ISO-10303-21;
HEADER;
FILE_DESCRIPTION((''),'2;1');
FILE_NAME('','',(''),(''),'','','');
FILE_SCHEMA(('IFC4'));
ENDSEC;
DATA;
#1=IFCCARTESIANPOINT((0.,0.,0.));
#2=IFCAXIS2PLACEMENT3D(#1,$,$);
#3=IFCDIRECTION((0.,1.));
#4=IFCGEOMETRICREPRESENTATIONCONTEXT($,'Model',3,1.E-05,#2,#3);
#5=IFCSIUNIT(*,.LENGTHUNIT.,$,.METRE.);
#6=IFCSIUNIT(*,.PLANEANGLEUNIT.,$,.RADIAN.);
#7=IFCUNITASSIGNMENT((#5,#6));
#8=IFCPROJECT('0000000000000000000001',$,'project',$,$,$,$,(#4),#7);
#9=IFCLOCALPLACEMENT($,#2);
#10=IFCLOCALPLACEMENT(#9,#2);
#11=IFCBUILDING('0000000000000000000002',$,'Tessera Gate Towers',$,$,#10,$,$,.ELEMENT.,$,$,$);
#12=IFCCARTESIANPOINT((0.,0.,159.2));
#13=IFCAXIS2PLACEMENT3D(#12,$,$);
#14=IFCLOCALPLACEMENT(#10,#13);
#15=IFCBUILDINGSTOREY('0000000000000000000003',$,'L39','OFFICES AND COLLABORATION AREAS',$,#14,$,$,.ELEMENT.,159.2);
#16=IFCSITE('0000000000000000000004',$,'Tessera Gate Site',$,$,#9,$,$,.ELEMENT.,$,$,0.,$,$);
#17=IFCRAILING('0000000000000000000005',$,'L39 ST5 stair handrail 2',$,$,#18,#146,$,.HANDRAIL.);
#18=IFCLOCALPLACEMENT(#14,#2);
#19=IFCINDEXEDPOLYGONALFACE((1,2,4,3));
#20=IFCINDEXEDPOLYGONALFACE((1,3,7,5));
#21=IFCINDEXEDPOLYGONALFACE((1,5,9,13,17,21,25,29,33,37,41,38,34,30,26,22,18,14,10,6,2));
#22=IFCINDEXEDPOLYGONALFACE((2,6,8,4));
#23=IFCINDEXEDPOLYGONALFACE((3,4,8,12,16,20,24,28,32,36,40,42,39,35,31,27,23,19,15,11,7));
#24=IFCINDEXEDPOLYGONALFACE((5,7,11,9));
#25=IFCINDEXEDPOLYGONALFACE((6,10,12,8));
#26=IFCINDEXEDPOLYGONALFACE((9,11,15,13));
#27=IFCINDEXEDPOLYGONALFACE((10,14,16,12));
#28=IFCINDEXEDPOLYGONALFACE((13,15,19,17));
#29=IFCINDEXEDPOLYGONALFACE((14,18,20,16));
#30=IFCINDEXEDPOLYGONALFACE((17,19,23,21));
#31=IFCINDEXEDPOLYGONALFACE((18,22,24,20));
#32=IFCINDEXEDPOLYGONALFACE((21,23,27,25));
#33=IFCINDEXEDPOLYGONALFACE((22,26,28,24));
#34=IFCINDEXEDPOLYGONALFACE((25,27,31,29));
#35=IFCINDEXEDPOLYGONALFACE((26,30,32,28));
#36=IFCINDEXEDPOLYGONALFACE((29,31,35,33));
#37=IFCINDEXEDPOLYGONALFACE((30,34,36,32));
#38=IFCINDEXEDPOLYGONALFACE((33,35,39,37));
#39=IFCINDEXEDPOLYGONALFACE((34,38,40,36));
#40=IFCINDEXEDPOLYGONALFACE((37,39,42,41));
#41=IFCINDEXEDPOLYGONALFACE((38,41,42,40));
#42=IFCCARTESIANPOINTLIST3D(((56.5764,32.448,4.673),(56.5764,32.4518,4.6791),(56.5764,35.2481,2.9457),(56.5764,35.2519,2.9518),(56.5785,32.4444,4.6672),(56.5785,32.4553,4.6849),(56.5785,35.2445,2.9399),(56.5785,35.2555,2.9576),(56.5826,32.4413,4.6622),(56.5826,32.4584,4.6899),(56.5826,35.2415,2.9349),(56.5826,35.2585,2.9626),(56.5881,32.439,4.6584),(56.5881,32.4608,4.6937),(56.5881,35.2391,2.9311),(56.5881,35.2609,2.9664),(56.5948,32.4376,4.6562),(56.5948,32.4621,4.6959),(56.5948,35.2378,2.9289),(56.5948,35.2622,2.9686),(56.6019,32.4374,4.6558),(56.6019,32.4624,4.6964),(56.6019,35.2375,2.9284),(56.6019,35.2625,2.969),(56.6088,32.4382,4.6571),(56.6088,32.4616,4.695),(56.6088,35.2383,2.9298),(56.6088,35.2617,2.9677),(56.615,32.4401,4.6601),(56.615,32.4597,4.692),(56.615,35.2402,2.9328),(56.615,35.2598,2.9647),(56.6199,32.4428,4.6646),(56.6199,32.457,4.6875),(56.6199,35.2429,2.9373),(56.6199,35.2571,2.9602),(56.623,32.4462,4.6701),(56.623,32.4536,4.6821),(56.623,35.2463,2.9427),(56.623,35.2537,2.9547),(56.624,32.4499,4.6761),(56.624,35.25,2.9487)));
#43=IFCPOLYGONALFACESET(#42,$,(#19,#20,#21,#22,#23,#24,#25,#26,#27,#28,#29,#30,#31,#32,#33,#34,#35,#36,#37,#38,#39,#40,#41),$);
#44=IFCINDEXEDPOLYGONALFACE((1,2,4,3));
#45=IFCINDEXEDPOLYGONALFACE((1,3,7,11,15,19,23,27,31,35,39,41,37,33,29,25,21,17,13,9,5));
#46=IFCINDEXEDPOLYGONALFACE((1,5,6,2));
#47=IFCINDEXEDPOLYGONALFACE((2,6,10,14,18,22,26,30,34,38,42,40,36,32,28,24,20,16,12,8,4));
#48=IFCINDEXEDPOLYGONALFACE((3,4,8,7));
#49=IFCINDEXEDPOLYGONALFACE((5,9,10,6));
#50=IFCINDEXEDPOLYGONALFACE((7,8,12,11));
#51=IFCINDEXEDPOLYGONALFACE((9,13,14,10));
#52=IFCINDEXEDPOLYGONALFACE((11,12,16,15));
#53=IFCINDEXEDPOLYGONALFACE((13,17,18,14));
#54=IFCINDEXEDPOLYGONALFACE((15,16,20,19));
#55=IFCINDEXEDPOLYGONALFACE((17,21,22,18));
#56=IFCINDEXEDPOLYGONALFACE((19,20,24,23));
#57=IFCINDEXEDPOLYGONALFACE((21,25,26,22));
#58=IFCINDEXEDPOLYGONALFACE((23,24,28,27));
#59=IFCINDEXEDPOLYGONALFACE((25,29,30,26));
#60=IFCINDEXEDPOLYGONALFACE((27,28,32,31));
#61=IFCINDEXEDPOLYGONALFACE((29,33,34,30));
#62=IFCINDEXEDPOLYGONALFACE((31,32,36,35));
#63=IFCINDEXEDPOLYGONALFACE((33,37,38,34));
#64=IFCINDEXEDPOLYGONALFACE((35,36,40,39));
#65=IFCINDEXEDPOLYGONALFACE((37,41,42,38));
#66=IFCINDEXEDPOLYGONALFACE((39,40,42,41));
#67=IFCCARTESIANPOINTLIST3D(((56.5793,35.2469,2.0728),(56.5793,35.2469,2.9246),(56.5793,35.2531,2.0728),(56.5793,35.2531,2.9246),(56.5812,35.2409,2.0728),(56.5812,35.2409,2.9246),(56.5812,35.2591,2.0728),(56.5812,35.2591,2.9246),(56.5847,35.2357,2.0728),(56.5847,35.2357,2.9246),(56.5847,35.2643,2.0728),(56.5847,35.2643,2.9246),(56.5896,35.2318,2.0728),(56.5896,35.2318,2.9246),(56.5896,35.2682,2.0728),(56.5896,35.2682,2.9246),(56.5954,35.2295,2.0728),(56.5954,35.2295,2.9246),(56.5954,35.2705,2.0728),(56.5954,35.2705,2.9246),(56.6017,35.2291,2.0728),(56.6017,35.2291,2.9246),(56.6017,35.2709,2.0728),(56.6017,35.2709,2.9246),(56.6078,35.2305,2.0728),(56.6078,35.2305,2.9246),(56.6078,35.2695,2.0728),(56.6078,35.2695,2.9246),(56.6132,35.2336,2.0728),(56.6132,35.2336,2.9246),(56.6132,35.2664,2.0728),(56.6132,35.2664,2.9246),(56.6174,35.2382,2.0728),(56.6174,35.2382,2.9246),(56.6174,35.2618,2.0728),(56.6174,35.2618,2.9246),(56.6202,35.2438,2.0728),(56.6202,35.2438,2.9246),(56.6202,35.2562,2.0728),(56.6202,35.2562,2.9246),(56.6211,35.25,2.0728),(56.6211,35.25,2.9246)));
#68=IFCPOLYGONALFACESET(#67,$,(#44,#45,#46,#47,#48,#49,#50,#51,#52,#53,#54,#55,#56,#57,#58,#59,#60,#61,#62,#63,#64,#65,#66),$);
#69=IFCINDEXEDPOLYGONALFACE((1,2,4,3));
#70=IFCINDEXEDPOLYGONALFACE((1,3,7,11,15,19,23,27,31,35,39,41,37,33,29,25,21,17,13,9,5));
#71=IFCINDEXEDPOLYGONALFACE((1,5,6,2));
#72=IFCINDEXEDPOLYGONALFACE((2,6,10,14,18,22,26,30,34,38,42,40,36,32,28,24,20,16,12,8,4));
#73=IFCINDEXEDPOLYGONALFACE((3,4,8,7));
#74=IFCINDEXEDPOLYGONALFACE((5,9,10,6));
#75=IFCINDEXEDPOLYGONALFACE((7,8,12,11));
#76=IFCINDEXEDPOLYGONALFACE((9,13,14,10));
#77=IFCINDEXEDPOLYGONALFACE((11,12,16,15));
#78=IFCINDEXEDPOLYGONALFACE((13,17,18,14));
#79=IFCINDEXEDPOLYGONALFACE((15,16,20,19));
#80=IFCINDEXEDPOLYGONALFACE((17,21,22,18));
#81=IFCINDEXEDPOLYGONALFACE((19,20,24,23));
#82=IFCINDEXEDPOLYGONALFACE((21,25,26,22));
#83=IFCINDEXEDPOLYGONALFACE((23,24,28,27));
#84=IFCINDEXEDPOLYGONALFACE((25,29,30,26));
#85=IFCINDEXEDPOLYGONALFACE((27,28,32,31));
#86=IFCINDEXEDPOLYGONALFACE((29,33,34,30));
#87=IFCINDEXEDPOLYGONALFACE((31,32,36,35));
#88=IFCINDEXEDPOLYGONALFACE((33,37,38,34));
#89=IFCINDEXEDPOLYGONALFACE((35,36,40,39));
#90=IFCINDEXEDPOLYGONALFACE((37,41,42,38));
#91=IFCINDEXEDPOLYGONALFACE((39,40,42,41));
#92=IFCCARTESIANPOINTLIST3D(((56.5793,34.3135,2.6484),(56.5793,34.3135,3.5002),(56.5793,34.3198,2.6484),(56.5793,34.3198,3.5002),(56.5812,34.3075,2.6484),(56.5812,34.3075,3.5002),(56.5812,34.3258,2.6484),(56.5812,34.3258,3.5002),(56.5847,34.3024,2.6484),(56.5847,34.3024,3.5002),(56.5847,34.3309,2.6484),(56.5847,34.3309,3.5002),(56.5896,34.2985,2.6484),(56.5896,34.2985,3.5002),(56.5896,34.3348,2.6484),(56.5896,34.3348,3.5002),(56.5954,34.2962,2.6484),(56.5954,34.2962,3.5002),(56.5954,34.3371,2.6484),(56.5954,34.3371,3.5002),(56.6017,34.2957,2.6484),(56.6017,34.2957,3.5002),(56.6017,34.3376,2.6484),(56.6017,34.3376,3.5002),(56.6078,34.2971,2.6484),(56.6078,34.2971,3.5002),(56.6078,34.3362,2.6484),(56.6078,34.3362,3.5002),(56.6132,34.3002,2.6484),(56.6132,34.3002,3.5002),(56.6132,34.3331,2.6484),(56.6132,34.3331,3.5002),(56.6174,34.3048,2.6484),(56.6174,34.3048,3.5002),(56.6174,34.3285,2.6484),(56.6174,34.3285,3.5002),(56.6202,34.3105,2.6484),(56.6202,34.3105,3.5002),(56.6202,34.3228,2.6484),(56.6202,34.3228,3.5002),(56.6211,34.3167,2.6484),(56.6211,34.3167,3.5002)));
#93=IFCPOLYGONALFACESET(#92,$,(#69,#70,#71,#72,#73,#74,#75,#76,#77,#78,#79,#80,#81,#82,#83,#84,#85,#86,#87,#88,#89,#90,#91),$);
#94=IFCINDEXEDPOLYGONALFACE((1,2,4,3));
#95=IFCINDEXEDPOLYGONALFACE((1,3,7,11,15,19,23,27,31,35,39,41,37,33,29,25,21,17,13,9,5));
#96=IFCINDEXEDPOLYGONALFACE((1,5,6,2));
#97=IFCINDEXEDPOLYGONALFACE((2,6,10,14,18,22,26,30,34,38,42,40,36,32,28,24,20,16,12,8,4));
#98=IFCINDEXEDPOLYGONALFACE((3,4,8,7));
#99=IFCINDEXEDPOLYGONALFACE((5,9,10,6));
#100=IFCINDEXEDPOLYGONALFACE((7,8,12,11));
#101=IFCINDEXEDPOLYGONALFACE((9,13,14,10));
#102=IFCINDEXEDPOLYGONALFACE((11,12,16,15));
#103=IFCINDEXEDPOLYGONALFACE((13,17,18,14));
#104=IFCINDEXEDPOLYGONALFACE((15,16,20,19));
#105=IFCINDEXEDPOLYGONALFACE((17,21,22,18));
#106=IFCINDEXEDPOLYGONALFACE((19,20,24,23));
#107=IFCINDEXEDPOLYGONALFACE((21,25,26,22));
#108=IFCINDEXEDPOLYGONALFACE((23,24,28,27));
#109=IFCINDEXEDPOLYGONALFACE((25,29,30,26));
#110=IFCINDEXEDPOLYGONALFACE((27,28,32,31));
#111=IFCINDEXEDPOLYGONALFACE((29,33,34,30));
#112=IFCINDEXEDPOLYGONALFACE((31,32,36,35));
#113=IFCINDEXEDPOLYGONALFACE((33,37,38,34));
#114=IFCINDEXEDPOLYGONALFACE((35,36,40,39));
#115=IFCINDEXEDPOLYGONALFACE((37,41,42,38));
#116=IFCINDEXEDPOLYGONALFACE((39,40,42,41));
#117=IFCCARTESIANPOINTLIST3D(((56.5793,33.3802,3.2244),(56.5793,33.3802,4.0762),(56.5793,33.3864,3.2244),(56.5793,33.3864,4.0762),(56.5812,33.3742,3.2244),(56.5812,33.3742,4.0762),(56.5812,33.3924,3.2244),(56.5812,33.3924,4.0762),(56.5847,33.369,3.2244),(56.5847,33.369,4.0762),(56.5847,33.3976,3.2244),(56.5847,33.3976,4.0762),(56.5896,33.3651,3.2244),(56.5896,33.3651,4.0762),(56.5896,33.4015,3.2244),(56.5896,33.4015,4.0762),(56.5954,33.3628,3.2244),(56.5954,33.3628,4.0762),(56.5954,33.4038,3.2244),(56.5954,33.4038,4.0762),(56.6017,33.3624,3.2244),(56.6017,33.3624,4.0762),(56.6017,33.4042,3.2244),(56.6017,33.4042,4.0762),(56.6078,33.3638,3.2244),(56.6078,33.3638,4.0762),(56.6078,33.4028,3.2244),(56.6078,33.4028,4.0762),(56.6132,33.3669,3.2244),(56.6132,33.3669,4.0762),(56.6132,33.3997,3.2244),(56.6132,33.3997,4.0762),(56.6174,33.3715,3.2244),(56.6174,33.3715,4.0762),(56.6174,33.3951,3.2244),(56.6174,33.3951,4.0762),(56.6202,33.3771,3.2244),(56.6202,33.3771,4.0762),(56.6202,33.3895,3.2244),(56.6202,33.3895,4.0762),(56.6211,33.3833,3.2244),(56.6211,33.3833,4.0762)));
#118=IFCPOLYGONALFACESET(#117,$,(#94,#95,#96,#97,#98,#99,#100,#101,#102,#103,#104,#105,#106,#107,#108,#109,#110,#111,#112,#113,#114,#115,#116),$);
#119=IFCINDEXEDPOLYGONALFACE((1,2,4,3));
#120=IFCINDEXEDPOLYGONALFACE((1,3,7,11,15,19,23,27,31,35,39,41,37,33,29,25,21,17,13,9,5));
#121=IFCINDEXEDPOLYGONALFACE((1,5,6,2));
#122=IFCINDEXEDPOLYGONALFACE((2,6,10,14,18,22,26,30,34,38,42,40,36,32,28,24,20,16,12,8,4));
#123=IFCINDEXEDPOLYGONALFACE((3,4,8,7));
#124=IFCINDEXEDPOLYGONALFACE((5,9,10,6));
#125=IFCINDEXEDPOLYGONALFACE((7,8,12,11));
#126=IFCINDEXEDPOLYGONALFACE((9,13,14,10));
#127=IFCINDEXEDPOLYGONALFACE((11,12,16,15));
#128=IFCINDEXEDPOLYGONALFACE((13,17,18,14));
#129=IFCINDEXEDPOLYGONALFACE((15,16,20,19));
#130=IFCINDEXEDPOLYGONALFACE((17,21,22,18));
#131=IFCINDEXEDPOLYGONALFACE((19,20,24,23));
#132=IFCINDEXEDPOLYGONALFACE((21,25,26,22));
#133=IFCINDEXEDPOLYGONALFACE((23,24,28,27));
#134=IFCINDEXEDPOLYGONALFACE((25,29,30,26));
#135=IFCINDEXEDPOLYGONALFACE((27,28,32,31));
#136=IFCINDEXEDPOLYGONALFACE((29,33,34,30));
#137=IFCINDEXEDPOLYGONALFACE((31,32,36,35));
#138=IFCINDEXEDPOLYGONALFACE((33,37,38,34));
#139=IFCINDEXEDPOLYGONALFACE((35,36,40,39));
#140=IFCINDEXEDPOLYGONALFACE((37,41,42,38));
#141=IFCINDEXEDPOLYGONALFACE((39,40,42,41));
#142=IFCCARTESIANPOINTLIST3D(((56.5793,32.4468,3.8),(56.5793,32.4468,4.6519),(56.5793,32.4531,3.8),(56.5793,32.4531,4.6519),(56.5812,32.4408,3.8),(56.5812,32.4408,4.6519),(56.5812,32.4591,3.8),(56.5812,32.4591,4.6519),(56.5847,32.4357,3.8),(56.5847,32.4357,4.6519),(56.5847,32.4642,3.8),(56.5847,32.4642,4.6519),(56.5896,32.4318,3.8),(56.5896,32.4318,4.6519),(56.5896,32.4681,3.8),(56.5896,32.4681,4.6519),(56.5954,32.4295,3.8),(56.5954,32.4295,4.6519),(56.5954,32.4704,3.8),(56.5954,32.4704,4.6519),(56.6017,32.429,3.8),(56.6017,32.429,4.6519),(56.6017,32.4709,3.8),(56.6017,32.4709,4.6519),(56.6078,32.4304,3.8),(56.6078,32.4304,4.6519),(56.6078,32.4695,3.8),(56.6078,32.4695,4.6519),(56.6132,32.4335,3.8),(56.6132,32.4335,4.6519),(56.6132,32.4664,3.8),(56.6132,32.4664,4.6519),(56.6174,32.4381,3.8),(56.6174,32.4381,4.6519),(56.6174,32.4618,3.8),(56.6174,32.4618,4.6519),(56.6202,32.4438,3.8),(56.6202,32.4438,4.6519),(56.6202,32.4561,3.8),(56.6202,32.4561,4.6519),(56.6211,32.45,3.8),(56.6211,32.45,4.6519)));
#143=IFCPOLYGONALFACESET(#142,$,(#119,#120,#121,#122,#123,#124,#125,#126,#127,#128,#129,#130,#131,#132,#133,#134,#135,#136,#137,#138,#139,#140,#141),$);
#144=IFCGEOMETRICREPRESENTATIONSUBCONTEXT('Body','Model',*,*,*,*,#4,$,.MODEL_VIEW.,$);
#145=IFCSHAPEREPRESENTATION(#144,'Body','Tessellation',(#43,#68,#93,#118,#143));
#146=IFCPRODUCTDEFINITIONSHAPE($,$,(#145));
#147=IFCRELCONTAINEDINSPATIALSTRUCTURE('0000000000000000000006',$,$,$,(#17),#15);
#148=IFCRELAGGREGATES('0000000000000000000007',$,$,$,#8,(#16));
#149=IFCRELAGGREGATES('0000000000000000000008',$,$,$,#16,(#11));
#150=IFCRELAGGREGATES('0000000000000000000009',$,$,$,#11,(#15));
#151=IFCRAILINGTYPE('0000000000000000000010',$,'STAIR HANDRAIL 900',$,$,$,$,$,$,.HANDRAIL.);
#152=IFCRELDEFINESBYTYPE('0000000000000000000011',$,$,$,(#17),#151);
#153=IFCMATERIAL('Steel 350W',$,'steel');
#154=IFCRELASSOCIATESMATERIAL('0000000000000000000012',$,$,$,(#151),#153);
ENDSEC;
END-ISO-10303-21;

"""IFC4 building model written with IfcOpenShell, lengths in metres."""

from ifc_helpers import new_model, si_unit, direction, frame, origin, origin_2d, place, context, subcontext, project, spatial, circle, extrude, material, type_object, element, save


model = new_model("IFC4")

# Units and contexts
model_context = context("Model", 3, precision=1e-05, world=origin(), true_north=direction((0.0, 1.0)))
body_context = subcontext(model_context, "Body", "Model", "MODEL_VIEW")
ifc_project = project(units=[si_unit("LENGTHUNIT", "METRE"), si_unit("PLANEANGLEUNIT", "RADIAN")], contexts=[model_context])

# Site, building, storey
site_placement = place(None, origin())
site = spatial("IfcSite", under=ifc_project, at=site_placement, Name="Tessera Gate Site", CompositionType="ELEMENT", RefElevation=0.0)
building_placement = place(site_placement, origin())
building = spatial("IfcBuilding", under=site, at=building_placement, Name="Tessera Gate Towers", CompositionType="ELEMENT")
storey_placement = place(building_placement, frame((0.0, 0.0, 159.2)))
storey = spatial("IfcBuildingStorey", under=building, at=storey_placement, Name="L39", Description="OFFICES AND COLLABORATION AREAS", CompositionType="ELEMENT", Elevation=159.2)

# Railing
ifc_material_1 = material(Name="Steel 350W", Category="steel")
railing_type_1 = type_object("IfcRailingType", Name="STAIR HANDRAIL 900", PredefinedType="HANDRAIL", material=ifc_material_1)
railing_1_placement = place(storey_placement, frame((56.6001, 35.25, 2.0728)))
element("IfcRailing", 1, at=railing_1_placement, inside=storey, type_object=railing_type_1, Name="L39 ST5 stair handrail 2", PredefinedType="HANDRAIL", context=body_context, shape_type="SweptSolid", body=[
    extrude(circle(Radius=0.0239, at=origin_2d()), frame((0.0, 0.0, 0.876), z_axis=(0.0, -0.85109, 0.52502), x_axis=(1.0, 0.0, 0.0)), (0.0, 0.0, 1.0), 3.29),
    extrude(circle(Radius=0.021, at=origin_2d()), origin(), (0.0, 0.0, 1.0), 0.8518),
    extrude(circle(Radius=0.021, at=origin_2d()), frame((0.0, -0.9333, 0.5757)), (0.0, 0.0, 1.0), 0.8518),
    extrude(circle(Radius=0.021, at=origin_2d()), frame((0.0, -1.8667, 1.1516)), (0.0, 0.0, 1.0), 0.8518),
    extrude(circle(Radius=0.021, at=origin_2d()), frame((0.0, -2.8, 1.7273)), (0.0, 0.0, 1.0), 0.8518),
])

save(model, "model.ifc")
